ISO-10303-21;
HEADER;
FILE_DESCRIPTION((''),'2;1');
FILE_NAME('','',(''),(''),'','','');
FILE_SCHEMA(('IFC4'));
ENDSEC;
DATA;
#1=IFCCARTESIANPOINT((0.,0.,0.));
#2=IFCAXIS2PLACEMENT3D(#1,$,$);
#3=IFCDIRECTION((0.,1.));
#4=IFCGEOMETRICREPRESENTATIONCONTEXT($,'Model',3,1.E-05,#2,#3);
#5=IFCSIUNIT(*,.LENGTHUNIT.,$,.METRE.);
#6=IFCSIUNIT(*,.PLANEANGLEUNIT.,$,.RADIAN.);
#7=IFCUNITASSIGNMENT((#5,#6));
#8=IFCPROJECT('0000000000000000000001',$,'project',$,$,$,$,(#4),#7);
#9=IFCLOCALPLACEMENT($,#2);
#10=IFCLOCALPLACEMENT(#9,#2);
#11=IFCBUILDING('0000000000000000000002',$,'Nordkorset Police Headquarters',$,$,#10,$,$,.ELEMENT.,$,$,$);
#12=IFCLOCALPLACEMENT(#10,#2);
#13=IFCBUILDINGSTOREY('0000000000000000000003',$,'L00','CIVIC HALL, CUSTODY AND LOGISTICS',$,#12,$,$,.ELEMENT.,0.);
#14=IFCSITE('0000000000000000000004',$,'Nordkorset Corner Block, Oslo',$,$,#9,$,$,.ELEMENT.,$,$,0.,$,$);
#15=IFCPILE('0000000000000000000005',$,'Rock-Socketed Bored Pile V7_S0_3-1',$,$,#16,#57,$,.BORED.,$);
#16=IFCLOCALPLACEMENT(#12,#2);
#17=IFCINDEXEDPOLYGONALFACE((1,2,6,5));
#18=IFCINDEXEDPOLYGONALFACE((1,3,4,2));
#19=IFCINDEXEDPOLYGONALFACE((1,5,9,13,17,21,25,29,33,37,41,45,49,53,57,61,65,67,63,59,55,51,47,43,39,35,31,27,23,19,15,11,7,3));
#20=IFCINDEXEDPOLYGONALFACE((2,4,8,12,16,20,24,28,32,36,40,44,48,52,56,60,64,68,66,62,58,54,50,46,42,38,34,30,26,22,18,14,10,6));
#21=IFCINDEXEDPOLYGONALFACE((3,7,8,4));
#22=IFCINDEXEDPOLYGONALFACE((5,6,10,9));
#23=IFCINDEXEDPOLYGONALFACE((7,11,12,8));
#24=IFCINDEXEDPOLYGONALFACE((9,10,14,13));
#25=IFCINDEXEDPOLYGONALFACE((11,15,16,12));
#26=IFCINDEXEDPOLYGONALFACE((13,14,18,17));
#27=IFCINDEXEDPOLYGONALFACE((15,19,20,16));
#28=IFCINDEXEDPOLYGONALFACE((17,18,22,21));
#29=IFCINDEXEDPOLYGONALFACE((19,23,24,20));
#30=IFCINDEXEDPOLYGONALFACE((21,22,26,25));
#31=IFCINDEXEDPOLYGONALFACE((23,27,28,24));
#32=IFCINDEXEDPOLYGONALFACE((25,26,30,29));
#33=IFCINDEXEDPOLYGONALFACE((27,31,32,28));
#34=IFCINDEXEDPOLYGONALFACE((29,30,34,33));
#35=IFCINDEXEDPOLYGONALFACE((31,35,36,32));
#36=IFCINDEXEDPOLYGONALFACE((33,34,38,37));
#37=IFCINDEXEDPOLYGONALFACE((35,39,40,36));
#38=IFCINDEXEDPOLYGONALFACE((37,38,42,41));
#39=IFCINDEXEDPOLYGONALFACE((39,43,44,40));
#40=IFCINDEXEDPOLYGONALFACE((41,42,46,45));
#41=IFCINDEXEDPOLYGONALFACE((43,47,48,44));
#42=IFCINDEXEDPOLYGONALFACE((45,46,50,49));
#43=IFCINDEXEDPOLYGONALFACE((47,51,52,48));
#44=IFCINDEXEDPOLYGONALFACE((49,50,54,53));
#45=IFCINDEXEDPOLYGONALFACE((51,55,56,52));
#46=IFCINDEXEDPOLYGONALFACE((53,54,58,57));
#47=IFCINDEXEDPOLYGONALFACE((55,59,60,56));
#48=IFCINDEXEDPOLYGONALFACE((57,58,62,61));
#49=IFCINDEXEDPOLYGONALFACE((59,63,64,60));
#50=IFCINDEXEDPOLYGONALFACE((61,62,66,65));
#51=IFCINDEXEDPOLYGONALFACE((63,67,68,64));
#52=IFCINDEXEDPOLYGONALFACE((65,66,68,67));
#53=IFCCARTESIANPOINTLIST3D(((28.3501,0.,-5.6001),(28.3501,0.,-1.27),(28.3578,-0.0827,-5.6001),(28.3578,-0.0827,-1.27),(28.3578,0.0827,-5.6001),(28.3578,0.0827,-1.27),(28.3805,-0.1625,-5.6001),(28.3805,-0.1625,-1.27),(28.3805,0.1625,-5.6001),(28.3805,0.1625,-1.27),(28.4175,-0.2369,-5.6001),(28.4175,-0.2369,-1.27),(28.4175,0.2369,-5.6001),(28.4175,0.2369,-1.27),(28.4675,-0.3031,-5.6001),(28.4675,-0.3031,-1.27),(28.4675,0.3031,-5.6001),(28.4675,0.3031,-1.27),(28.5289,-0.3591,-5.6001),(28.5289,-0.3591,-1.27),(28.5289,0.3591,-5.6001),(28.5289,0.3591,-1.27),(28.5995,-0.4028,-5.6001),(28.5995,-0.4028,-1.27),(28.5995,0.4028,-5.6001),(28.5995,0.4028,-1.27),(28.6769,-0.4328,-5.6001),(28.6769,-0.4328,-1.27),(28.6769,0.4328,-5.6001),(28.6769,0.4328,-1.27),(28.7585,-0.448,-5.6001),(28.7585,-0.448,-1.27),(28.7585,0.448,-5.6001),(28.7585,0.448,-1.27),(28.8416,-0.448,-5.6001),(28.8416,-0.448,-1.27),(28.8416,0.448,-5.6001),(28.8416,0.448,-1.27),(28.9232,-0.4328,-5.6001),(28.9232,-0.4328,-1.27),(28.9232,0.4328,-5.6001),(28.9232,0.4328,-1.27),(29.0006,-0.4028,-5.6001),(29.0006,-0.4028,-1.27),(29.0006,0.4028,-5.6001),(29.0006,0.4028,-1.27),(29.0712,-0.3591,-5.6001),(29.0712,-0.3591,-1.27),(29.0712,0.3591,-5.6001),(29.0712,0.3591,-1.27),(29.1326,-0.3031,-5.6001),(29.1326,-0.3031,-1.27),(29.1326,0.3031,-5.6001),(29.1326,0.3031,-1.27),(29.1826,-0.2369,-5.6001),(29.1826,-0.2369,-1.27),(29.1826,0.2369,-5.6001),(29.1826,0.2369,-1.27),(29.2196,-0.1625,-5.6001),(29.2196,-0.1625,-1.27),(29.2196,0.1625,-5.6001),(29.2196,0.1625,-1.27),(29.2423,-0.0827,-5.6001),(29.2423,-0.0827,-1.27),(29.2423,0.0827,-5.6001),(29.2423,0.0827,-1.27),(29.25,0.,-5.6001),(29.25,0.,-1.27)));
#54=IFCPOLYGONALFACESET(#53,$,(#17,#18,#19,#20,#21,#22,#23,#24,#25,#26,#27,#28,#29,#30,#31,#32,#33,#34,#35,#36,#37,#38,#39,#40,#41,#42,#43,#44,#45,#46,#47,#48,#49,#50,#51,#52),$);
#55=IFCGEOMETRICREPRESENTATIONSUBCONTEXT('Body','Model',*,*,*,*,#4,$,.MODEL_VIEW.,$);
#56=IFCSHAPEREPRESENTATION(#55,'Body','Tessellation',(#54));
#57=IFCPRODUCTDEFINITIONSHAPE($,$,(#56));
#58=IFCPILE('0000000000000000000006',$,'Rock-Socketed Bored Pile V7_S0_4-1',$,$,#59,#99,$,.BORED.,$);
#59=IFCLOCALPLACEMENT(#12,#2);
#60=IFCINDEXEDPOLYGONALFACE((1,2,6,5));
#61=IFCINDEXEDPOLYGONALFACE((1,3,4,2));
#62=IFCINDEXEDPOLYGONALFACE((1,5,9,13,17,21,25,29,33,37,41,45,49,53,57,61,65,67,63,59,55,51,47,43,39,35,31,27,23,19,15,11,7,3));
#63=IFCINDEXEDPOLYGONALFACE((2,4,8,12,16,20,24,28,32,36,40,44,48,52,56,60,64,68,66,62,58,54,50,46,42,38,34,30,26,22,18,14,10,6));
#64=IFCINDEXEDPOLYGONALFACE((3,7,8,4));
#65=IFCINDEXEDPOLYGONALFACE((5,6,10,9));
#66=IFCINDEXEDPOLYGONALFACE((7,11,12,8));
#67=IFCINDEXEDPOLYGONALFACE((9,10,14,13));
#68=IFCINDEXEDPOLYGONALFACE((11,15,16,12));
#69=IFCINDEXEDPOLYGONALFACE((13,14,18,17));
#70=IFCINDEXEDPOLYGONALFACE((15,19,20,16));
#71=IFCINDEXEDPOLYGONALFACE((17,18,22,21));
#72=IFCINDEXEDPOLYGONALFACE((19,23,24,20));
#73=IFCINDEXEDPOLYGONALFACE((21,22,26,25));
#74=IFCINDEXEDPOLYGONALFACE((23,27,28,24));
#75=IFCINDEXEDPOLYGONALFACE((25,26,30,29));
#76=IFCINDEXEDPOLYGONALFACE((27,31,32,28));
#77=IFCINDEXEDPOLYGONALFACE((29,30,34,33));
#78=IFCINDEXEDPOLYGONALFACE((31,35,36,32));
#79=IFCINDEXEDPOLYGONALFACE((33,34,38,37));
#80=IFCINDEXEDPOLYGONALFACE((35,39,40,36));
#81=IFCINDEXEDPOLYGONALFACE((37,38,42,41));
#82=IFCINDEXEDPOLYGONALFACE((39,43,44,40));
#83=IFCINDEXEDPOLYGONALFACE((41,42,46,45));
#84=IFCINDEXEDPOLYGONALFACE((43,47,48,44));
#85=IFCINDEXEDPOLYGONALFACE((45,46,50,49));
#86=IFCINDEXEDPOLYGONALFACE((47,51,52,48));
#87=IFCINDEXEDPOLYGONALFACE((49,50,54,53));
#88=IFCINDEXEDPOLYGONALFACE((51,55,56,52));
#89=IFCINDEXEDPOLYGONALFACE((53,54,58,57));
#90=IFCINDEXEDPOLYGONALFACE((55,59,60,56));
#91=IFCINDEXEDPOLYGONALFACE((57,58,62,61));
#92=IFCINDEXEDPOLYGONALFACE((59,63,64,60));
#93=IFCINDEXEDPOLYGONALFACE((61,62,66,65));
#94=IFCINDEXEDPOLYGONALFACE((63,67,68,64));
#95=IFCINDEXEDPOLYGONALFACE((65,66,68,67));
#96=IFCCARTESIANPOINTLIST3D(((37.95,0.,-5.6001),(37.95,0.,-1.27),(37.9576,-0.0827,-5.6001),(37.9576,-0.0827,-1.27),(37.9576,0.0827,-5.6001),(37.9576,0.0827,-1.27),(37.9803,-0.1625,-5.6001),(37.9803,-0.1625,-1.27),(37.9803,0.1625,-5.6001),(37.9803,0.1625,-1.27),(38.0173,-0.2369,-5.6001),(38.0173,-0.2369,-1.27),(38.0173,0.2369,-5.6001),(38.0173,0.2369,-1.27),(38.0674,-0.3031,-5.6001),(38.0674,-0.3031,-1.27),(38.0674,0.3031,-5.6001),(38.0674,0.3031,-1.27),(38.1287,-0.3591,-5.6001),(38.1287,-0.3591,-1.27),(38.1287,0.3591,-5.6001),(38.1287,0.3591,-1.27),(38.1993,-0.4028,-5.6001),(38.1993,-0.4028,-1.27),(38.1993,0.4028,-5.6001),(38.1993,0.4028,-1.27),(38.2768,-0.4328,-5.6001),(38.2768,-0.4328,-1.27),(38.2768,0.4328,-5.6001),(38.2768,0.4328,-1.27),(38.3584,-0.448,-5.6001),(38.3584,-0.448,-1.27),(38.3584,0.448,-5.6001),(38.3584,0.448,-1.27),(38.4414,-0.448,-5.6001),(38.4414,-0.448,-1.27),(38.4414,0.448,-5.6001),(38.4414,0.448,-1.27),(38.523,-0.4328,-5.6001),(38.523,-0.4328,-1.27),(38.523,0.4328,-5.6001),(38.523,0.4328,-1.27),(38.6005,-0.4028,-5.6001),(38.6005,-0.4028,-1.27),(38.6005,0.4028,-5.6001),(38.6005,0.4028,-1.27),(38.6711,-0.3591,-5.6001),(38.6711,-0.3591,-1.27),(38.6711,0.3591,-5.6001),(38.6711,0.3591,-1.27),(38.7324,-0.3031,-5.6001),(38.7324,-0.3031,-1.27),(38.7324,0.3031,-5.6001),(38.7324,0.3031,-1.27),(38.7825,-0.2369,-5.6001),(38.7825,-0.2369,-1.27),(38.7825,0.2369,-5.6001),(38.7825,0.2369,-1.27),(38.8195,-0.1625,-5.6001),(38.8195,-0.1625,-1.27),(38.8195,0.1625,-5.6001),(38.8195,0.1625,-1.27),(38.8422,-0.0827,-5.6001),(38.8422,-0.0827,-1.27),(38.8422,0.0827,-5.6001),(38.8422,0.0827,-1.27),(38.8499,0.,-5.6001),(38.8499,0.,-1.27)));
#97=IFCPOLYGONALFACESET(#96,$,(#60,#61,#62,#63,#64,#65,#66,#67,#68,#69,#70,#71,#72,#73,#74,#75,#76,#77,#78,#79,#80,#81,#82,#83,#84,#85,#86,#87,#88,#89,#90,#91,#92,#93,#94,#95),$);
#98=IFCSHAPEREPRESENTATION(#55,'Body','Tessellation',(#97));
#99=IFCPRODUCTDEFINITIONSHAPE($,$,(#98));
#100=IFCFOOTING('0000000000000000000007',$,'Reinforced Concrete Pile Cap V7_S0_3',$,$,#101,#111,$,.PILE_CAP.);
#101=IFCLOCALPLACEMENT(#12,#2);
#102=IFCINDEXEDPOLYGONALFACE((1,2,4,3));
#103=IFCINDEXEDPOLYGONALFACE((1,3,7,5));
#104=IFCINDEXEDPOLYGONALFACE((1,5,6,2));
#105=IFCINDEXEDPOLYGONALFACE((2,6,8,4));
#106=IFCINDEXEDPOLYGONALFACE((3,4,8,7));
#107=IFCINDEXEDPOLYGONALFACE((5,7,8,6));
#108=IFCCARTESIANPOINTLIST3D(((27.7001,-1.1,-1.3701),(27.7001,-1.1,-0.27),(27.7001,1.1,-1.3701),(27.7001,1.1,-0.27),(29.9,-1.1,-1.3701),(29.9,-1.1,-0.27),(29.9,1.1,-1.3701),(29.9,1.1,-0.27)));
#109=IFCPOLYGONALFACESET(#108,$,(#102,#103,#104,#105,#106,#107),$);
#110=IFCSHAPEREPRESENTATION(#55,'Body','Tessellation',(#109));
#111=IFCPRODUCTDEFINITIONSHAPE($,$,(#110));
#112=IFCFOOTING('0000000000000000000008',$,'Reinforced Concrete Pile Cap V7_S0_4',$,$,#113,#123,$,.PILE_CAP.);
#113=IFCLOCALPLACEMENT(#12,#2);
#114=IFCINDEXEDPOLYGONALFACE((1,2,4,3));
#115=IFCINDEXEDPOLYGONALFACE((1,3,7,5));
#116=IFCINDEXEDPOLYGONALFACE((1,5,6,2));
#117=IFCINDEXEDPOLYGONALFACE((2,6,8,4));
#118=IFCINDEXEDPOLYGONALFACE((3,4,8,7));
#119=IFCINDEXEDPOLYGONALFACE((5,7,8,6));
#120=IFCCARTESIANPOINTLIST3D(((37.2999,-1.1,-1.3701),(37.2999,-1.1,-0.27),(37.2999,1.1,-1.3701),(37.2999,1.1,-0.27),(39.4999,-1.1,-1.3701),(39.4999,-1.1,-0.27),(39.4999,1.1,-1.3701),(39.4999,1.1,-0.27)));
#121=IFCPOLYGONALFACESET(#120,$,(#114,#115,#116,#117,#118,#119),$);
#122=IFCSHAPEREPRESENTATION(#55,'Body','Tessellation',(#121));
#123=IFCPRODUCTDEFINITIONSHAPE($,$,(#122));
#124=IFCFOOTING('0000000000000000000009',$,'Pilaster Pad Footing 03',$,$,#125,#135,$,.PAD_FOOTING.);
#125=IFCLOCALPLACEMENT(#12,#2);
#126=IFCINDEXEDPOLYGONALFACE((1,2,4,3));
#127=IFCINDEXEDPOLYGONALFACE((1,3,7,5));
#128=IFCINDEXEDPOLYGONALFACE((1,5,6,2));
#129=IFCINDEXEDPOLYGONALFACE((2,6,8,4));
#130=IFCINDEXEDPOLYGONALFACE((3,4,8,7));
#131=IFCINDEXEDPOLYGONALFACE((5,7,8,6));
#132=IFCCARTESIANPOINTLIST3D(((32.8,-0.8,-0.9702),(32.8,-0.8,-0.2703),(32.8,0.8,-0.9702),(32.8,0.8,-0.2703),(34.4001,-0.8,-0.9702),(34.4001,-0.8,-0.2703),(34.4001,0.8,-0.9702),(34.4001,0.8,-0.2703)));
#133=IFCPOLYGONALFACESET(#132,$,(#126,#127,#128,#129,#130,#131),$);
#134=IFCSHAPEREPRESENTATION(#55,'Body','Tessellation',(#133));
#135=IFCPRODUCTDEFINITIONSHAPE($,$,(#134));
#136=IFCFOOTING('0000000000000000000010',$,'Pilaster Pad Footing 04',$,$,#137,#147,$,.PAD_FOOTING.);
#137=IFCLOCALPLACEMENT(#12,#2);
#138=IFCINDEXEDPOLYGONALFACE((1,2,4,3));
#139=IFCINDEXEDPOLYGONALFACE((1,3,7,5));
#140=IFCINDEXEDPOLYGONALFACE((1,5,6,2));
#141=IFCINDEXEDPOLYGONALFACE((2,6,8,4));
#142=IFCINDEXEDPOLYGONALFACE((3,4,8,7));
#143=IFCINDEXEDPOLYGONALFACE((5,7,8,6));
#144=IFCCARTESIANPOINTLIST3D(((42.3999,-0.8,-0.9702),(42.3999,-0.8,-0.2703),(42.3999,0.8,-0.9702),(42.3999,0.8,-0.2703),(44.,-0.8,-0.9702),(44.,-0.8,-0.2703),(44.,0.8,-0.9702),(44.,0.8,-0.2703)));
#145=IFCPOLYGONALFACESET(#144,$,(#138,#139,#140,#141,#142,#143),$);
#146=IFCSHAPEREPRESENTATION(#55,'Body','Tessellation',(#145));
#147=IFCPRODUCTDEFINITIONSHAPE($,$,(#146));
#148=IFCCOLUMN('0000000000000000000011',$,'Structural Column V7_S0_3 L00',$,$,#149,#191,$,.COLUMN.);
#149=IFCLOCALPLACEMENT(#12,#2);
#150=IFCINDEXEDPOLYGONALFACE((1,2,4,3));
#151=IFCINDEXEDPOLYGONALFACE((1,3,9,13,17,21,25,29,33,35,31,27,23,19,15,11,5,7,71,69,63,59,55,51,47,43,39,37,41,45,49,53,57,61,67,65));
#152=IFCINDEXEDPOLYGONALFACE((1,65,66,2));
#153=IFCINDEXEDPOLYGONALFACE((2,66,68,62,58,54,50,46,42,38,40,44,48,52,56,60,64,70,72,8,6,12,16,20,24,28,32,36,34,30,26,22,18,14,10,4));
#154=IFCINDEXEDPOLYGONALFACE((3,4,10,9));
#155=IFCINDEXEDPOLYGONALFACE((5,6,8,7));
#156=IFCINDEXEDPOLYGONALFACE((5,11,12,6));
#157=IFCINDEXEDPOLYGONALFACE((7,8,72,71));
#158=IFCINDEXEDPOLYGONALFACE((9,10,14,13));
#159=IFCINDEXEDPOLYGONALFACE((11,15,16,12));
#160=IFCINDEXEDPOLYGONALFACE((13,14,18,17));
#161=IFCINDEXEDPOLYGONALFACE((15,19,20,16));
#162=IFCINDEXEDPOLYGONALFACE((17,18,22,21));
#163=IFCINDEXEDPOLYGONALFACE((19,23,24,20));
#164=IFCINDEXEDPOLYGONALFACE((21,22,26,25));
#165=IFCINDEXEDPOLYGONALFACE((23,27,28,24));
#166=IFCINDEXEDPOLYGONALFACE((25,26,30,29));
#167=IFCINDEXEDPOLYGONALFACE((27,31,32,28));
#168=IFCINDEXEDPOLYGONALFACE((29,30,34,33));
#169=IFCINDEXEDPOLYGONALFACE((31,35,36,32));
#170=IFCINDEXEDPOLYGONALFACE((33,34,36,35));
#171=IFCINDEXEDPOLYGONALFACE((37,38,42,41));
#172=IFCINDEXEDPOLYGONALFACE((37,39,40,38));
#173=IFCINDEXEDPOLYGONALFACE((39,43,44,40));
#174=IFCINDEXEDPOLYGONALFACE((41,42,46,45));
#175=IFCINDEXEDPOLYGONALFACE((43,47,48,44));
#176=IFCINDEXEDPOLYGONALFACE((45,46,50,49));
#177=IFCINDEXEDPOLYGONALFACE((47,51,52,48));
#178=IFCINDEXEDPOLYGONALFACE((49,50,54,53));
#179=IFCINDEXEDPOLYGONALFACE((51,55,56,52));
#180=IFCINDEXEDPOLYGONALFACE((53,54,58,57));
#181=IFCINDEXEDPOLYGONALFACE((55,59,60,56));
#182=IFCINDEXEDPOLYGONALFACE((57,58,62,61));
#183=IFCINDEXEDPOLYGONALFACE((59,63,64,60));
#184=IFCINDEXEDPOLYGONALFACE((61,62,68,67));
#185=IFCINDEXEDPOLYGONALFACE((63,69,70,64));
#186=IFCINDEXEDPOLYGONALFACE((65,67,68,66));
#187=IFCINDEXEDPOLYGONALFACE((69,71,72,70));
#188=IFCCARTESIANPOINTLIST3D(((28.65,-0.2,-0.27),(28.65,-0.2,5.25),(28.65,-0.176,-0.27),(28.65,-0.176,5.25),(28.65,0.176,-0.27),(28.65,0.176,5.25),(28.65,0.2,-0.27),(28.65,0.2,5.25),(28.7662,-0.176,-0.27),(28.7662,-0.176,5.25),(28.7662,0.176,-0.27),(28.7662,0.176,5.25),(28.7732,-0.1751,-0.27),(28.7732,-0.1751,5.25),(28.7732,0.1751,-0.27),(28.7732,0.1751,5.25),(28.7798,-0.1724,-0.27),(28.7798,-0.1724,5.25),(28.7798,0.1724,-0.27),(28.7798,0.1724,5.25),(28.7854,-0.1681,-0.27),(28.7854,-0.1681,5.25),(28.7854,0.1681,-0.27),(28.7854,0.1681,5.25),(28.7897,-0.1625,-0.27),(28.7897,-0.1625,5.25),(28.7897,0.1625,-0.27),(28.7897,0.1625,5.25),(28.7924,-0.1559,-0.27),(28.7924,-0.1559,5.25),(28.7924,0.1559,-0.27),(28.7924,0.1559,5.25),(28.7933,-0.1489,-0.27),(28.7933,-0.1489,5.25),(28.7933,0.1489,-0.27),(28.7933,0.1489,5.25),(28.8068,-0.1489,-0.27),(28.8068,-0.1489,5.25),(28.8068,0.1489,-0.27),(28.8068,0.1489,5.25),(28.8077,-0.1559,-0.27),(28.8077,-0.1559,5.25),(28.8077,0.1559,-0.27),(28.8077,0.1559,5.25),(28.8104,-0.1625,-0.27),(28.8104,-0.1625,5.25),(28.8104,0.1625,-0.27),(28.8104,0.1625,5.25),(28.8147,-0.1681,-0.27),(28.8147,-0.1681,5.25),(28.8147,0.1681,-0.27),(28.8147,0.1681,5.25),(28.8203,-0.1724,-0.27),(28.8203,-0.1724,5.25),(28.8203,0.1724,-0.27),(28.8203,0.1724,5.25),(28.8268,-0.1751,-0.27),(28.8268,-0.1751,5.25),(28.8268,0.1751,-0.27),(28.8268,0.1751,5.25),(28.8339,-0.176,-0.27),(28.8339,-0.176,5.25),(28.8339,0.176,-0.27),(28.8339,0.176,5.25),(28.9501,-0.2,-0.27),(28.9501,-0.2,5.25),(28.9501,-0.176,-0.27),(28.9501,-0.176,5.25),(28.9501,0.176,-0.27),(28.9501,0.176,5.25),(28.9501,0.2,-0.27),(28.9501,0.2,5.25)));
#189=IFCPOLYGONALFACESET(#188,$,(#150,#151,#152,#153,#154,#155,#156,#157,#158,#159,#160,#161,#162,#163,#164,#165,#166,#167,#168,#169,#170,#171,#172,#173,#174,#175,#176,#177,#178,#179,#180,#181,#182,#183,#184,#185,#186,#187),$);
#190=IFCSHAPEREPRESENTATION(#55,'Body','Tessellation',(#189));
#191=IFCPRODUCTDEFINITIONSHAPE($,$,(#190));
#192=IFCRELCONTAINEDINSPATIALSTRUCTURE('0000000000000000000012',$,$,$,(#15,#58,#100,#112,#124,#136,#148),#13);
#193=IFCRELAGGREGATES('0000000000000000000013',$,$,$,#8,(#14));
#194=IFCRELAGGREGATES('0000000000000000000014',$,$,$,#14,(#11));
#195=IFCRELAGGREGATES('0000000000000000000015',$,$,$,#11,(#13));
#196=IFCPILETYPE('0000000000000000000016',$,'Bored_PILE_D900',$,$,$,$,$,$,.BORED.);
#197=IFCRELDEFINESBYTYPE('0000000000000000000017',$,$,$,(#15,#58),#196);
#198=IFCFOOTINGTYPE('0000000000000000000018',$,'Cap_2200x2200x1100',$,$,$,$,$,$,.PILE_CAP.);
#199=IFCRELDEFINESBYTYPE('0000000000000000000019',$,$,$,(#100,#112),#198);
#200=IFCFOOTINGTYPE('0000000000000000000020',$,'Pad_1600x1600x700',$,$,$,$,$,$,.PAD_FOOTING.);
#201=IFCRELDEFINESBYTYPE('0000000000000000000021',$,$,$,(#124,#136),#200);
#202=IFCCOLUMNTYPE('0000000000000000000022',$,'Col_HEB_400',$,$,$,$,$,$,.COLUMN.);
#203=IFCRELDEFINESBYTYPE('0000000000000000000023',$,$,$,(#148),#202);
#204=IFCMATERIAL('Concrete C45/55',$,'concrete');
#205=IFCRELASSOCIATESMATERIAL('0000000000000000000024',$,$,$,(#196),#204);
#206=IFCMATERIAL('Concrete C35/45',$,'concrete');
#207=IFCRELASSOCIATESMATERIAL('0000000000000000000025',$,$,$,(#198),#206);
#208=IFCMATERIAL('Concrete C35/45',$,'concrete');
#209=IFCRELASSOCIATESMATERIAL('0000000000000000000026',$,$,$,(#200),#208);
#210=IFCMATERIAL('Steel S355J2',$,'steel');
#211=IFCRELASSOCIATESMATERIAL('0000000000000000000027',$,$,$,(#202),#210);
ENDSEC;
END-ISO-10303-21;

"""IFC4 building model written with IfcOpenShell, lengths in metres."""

from ifc_helpers import new_model, si_unit, direction, frame, origin, origin_2d, place, context, subcontext, project, spatial, rectangle, circle, i_section, extrude, material, material_profile, profile_set, type_object, element, save


model = new_model("IFC4")

# Units and contexts
model_context = context("Model", 3, precision=1e-05, world=origin(), true_north=direction((0.0, 1.0)))
body_context = subcontext(model_context, "Body", "Model", "MODEL_VIEW")
ifc_project = project(units=[si_unit("LENGTHUNIT", "METRE"), si_unit("PLANEANGLEUNIT", "RADIAN")], contexts=[model_context])

# Site, building, storey
site_placement = place(None, origin())
site = spatial("IfcSite", under=ifc_project, at=site_placement, Name="Nordkorset Corner Block, Oslo", CompositionType="ELEMENT", RefElevation=0.0)
building_placement = place(site_placement, origin())
building = spatial("IfcBuilding", under=site, at=building_placement, Name="Nordkorset Police Headquarters", CompositionType="ELEMENT")
storey_placement = place(building_placement, origin())
storey = spatial("IfcBuildingStorey", under=building, at=storey_placement, Name="L00", Description="CIVIC HALL, CUSTODY AND LOGISTICS", CompositionType="ELEMENT", Elevation=0.0)

# Piles
ifc_material_1 = material(Name="Concrete C45/55", Category="concrete")
ifc_material_profile_1 = material_profile(ifc_material_1, circle(Radius=0.45, at=origin_2d()), Name="PILE D900")
ifc_profile_set_1 = profile_set([ifc_material_profile_1], Name="Concrete C45/55")
pile_type = type_object("IfcPileType", Name="Bored_PILE_D900", PredefinedType="BORED", material=ifc_profile_set_1)
for number, where, z_axis, x_axis, name in (
    (1, (28.8, 0.0, -1.27), (0.0, 0.0, -1.0), (1.0, 0.0, 0.0), "Rock-Socketed Bored Pile V7_S0_3-1"),
    (2, (38.3999, 0.0, -1.27), (0.0, 0.0, -1.0), (1.0, 0.0, 0.0), "Rock-Socketed Bored Pile V7_S0_4-1"),
):
    element("IfcPile", number, at=place(storey_placement, frame(where, z_axis=z_axis, x_axis=x_axis)), inside=storey, type_object=pile_type, Name=name, PredefinedType="BORED", context=body_context, shape_type="SweptSolid", body=[
        extrude(circle(Radius=0.45, at=origin_2d()), origin(), (0.0, 0.0, 1.0), 4.3301),
    ])

# Footings
ifc_material_2 = material(Name="Concrete C35/45", Category="concrete")
footing_type_1 = type_object("IfcFootingType", Name="Cap_2200x2200x1100", PredefinedType="PILE_CAP", material=ifc_material_2)
for number, where, z_axis, x_axis, name in (
    (3, (28.8, 0.0, -1.3701), (0.0, 0.0, 1.0), (1.0, 0.0, 0.0), "Reinforced Concrete Pile Cap V7_S0_3"),
    (4, (38.3999, 0.0, -1.3701), (0.0, 0.0, 1.0), (1.0, 0.0, 0.0), "Reinforced Concrete Pile Cap V7_S0_4"),
):
    element("IfcFooting", number, at=place(storey_placement, frame(where, z_axis=z_axis, x_axis=x_axis)), inside=storey, type_object=footing_type_1, Name=name, PredefinedType="PILE_CAP", context=body_context, shape_type="SweptSolid", body=[
        extrude(rectangle(XDim=2.2, YDim=2.2, at=origin_2d()), origin(), (0.0, 0.0, 1.0), 1.1001),
    ])
ifc_material_3 = material(Name="Concrete C35/45", Category="concrete")
footing_type_2 = type_object("IfcFootingType", Name="Pad_1600x1600x700", PredefinedType="PAD_FOOTING", material=ifc_material_3)
for number, where, z_axis, x_axis, name in (
    (5, (33.6001, 0.0, -0.9702), (0.0, 0.0, 1.0), (1.0, 0.0, 0.0), "Pilaster Pad Footing 03"),
    (6, (43.2, 0.0, -0.9702), (0.0, 0.0, 1.0), (1.0, 0.0, 0.0), "Pilaster Pad Footing 04"),
):
    element("IfcFooting", number, at=place(storey_placement, frame(where, z_axis=z_axis, x_axis=x_axis)), inside=storey, type_object=footing_type_2, Name=name, PredefinedType="PAD_FOOTING", context=body_context, shape_type="SweptSolid", body=[
        extrude(rectangle(XDim=1.6001, YDim=1.6001, at=origin_2d()), origin(), (0.0, 0.0, 1.0), 0.7),
    ])

# Column
ifc_material_4 = material(Name="Steel S355J2", Category="steel")
ifc_material_profile_2 = material_profile(ifc_material_4, i_section(OverallWidth=0.3, OverallDepth=0.3999, WebThickness=0.0134, FlangeThickness=0.0239, FilletRadius=0.0271, at=origin_2d()), Name="HEB 400")
ifc_profile_set_2 = profile_set([ifc_material_profile_2], Name="Steel S355J2")
column_type_1 = type_object("IfcColumnType", Name="Col_HEB_400", PredefinedType="COLUMN", material=ifc_profile_set_2)
for number, where, z_axis, x_axis, name in (
    (7, (28.8, 0.0, -0.27), (0.0, 0.0, 1.0), (1.0, 0.0, 0.0), "Structural Column V7_S0_3 L00"),
):
    element("IfcColumn", number, at=place(storey_placement, frame(where, z_axis=z_axis, x_axis=x_axis)), inside=storey, type_object=column_type_1, Name=name, PredefinedType="COLUMN", context=body_context, shape_type="SweptSolid", body=[
        extrude(i_section(OverallWidth=0.3, OverallDepth=0.3999, WebThickness=0.0134, FlangeThickness=0.0239, FilletRadius=0.0271, at=origin_2d()), origin(), (0.0, 0.0, 1.0), 5.52),
    ])

save(model, "model.ifc")
